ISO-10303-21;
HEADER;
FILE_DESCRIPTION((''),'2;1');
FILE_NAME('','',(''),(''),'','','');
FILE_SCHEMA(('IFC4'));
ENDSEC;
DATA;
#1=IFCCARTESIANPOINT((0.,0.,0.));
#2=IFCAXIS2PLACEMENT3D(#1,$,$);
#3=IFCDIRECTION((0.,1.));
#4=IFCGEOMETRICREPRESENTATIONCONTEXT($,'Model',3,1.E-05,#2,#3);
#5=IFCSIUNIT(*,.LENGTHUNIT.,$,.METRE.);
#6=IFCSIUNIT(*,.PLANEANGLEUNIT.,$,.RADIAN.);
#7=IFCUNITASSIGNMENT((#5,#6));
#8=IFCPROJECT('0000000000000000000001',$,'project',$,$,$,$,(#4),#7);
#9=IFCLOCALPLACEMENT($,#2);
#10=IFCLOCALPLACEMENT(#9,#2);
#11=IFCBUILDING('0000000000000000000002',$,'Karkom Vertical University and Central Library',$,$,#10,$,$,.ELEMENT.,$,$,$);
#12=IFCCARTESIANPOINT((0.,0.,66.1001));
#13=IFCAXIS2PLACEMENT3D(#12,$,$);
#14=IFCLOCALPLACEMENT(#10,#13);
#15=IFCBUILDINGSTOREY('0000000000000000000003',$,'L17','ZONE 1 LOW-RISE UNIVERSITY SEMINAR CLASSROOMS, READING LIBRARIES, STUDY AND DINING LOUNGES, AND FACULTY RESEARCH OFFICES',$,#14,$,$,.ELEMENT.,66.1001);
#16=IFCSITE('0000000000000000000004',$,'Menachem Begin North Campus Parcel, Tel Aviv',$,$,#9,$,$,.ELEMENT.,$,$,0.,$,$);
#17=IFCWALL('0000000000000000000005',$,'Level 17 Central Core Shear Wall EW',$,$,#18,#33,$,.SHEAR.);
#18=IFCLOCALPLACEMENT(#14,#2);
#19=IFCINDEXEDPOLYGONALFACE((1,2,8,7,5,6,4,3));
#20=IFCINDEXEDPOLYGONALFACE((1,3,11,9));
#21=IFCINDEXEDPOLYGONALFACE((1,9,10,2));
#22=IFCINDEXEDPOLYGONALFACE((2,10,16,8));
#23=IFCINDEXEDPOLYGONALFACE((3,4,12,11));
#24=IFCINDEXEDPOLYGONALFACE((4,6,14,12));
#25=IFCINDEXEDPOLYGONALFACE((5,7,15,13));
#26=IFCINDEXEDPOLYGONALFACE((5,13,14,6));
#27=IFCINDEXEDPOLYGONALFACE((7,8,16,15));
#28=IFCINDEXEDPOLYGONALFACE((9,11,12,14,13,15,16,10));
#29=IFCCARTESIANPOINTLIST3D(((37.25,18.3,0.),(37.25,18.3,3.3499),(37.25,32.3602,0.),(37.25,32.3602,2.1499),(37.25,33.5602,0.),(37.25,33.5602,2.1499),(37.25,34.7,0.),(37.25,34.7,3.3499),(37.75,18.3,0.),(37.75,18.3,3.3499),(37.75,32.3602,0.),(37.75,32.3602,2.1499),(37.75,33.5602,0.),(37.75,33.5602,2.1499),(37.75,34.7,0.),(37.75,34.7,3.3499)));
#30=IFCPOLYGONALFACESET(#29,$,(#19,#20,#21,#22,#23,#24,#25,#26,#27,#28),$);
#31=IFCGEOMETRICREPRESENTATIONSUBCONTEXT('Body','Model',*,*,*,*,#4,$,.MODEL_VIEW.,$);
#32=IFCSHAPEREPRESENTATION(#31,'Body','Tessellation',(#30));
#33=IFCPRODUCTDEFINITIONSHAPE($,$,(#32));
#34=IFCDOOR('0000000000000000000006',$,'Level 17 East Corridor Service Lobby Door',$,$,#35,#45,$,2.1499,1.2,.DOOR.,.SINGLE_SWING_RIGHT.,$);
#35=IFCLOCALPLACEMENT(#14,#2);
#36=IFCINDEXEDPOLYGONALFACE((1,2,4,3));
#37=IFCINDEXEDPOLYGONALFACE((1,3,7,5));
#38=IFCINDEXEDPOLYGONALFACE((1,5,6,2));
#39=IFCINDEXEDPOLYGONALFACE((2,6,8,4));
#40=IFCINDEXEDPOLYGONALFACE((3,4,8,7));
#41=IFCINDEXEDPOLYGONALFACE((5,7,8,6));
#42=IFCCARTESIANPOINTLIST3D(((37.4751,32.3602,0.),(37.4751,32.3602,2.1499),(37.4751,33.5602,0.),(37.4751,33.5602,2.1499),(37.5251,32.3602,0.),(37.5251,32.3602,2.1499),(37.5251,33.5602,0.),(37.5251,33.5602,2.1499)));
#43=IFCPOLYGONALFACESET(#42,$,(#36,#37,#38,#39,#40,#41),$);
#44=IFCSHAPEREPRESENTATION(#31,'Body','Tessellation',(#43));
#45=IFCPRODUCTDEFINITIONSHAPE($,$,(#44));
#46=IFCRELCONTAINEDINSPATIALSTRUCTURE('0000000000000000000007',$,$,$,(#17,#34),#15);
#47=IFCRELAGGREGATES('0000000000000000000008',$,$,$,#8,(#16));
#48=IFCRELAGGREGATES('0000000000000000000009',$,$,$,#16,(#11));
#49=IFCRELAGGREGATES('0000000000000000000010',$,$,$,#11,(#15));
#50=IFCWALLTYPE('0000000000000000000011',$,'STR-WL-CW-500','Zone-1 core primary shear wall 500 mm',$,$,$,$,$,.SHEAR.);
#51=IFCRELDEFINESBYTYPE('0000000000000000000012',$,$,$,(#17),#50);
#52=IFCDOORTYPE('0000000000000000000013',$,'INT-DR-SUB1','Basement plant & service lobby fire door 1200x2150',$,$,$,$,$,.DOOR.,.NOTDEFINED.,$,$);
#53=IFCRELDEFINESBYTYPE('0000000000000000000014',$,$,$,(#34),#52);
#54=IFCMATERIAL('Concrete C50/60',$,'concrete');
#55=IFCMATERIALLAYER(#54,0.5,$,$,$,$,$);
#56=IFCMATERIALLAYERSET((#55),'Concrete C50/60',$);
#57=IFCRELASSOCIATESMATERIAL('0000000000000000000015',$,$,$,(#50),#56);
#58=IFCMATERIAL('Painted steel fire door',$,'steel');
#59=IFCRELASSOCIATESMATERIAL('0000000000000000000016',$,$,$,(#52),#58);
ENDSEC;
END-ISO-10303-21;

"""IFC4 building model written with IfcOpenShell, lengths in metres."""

from ifc_helpers import new_model, si_unit, direction, frame, frame_2d, origin, origin_with_axes, place, context, subcontext, project, spatial, rectangle, extrude, source, transform, mapped, material, layer, layer_set, type_object, element, fill, save


model = new_model("IFC4")

# Units and contexts
model_context = context("Model", 3, precision=1e-05, world=origin(), true_north=direction((0.0, 1.0)))
body_context = subcontext(model_context, "Body", "Model", "MODEL_VIEW")
ifc_project = project(units=[si_unit("LENGTHUNIT", "METRE"), si_unit("PLANEANGLEUNIT", "RADIAN")], contexts=[model_context])

# Site, building, storey
site_placement = place(None, origin())
site = spatial("IfcSite", under=ifc_project, at=site_placement, Name="Menachem Begin North Campus Parcel, Tel Aviv", CompositionType="ELEMENT", RefElevation=0.0)
building_placement = place(site_placement, origin())
building = spatial("IfcBuilding", under=site, at=building_placement, Name="Karkom Vertical University and Central Library", CompositionType="ELEMENT")
storey_placement = place(building_placement, frame((0.0, 0.0, 66.1001)))
storey = spatial("IfcBuildingStorey", under=building, at=storey_placement, Name="L17", Description="ZONE 1 LOW-RISE UNIVERSITY SEMINAR CLASSROOMS, READING LIBRARIES, STUDY AND DINING LOUNGES, AND FACULTY RESEARCH OFFICES", CompositionType="ELEMENT", Elevation=66.1001)

# Shared definitions
ifc_material_1 = material(Name="Concrete C50/60", Category="concrete")

# Wall, opening, door
ifc_layer_1 = layer(ifc_material_1, 0.5)
ifc_layer_set_1 = layer_set([ifc_layer_1], Name="Concrete C50/60")
wall_type_1 = type_object("IfcWallType", Name="STR-WL-CW-500", Description="Zone-1 core primary shear wall 500 mm", PredefinedType="SHEAR", material=ifc_layer_set_1)
wall_1_placement = place(storey_placement, frame((37.5, 18.3, 0.0), z_axis=(0.0, 0.0, 1.0), x_axis=(0.0, 1.0, 0.0)))
wall_1 = element("IfcWall", 1, at=wall_1_placement, inside=storey, type_object=wall_type_1, Name="Level 17 Central Core Shear Wall EW", PredefinedType="SHEAR", context=body_context, shape_type="SweptSolid", body=[
    extrude(rectangle(XDim=16.3999, YDim=0.5, at=frame_2d((8.2, 0.0))), origin(), (0.0, 0.0, 1.0), 3.3499),
])
opening_1_placement = place(wall_1_placement, frame((14.0601, 0.0, 0.0)))
opening_1 = element("IfcOpeningElement", 2, at=opening_1_placement, cuts=wall_1, PredefinedType="OPENING", context=body_context, shape_type="SweptSolid", body=[
    extrude(rectangle(XDim=1.2, YDim=2.1499, at=frame_2d((0.6001, 1.075))), frame((0.0, 0.26, 0.0), z_axis=(0.0, -1.0, 0.0), x_axis=(1.0, 0.0, 0.0)), (0.0, 0.0, 1.0), 0.52),
])
ifc_material_2 = material(Name="Painted steel fire door", Category="steel")
door_type_1 = type_object("IfcDoorType", Name="INT-DR-SUB1", Description="Basement plant & service lobby fire door 1200x2150", OperationType="NOTDEFINED", PredefinedType="DOOR", material=ifc_material_2)
shared_shape_1 = source(origin_with_axes(), body_context, "Body", "SweptSolid", [
    extrude(rectangle(XDim=1.2, YDim=2.1499, at=frame_2d((0.6001, 1.075))), frame((0.0, 0.0249, 0.0), z_axis=(0.0, -1.0, 0.0), x_axis=(1.0, 0.0, 0.0)), (0.0, 0.0, 1.0), 0.05),
])
door_1_placement = place(opening_1_placement, origin())
door_1 = element("IfcDoor", 3, at=door_1_placement, inside=storey, type_object=door_type_1, Name="Level 17 East Corridor Service Lobby Door", OperationType="SINGLE_SWING_RIGHT", OverallHeight=2.1499, OverallWidth=1.2, PredefinedType="DOOR", context=body_context, shape_type="MappedRepresentation", body=[
    mapped(shared_shape_1, transform((0.0, 0.0, 0.0), scale=1.0)),
])
fill(opening_1, door_1)

save(model, "model.ifc")
